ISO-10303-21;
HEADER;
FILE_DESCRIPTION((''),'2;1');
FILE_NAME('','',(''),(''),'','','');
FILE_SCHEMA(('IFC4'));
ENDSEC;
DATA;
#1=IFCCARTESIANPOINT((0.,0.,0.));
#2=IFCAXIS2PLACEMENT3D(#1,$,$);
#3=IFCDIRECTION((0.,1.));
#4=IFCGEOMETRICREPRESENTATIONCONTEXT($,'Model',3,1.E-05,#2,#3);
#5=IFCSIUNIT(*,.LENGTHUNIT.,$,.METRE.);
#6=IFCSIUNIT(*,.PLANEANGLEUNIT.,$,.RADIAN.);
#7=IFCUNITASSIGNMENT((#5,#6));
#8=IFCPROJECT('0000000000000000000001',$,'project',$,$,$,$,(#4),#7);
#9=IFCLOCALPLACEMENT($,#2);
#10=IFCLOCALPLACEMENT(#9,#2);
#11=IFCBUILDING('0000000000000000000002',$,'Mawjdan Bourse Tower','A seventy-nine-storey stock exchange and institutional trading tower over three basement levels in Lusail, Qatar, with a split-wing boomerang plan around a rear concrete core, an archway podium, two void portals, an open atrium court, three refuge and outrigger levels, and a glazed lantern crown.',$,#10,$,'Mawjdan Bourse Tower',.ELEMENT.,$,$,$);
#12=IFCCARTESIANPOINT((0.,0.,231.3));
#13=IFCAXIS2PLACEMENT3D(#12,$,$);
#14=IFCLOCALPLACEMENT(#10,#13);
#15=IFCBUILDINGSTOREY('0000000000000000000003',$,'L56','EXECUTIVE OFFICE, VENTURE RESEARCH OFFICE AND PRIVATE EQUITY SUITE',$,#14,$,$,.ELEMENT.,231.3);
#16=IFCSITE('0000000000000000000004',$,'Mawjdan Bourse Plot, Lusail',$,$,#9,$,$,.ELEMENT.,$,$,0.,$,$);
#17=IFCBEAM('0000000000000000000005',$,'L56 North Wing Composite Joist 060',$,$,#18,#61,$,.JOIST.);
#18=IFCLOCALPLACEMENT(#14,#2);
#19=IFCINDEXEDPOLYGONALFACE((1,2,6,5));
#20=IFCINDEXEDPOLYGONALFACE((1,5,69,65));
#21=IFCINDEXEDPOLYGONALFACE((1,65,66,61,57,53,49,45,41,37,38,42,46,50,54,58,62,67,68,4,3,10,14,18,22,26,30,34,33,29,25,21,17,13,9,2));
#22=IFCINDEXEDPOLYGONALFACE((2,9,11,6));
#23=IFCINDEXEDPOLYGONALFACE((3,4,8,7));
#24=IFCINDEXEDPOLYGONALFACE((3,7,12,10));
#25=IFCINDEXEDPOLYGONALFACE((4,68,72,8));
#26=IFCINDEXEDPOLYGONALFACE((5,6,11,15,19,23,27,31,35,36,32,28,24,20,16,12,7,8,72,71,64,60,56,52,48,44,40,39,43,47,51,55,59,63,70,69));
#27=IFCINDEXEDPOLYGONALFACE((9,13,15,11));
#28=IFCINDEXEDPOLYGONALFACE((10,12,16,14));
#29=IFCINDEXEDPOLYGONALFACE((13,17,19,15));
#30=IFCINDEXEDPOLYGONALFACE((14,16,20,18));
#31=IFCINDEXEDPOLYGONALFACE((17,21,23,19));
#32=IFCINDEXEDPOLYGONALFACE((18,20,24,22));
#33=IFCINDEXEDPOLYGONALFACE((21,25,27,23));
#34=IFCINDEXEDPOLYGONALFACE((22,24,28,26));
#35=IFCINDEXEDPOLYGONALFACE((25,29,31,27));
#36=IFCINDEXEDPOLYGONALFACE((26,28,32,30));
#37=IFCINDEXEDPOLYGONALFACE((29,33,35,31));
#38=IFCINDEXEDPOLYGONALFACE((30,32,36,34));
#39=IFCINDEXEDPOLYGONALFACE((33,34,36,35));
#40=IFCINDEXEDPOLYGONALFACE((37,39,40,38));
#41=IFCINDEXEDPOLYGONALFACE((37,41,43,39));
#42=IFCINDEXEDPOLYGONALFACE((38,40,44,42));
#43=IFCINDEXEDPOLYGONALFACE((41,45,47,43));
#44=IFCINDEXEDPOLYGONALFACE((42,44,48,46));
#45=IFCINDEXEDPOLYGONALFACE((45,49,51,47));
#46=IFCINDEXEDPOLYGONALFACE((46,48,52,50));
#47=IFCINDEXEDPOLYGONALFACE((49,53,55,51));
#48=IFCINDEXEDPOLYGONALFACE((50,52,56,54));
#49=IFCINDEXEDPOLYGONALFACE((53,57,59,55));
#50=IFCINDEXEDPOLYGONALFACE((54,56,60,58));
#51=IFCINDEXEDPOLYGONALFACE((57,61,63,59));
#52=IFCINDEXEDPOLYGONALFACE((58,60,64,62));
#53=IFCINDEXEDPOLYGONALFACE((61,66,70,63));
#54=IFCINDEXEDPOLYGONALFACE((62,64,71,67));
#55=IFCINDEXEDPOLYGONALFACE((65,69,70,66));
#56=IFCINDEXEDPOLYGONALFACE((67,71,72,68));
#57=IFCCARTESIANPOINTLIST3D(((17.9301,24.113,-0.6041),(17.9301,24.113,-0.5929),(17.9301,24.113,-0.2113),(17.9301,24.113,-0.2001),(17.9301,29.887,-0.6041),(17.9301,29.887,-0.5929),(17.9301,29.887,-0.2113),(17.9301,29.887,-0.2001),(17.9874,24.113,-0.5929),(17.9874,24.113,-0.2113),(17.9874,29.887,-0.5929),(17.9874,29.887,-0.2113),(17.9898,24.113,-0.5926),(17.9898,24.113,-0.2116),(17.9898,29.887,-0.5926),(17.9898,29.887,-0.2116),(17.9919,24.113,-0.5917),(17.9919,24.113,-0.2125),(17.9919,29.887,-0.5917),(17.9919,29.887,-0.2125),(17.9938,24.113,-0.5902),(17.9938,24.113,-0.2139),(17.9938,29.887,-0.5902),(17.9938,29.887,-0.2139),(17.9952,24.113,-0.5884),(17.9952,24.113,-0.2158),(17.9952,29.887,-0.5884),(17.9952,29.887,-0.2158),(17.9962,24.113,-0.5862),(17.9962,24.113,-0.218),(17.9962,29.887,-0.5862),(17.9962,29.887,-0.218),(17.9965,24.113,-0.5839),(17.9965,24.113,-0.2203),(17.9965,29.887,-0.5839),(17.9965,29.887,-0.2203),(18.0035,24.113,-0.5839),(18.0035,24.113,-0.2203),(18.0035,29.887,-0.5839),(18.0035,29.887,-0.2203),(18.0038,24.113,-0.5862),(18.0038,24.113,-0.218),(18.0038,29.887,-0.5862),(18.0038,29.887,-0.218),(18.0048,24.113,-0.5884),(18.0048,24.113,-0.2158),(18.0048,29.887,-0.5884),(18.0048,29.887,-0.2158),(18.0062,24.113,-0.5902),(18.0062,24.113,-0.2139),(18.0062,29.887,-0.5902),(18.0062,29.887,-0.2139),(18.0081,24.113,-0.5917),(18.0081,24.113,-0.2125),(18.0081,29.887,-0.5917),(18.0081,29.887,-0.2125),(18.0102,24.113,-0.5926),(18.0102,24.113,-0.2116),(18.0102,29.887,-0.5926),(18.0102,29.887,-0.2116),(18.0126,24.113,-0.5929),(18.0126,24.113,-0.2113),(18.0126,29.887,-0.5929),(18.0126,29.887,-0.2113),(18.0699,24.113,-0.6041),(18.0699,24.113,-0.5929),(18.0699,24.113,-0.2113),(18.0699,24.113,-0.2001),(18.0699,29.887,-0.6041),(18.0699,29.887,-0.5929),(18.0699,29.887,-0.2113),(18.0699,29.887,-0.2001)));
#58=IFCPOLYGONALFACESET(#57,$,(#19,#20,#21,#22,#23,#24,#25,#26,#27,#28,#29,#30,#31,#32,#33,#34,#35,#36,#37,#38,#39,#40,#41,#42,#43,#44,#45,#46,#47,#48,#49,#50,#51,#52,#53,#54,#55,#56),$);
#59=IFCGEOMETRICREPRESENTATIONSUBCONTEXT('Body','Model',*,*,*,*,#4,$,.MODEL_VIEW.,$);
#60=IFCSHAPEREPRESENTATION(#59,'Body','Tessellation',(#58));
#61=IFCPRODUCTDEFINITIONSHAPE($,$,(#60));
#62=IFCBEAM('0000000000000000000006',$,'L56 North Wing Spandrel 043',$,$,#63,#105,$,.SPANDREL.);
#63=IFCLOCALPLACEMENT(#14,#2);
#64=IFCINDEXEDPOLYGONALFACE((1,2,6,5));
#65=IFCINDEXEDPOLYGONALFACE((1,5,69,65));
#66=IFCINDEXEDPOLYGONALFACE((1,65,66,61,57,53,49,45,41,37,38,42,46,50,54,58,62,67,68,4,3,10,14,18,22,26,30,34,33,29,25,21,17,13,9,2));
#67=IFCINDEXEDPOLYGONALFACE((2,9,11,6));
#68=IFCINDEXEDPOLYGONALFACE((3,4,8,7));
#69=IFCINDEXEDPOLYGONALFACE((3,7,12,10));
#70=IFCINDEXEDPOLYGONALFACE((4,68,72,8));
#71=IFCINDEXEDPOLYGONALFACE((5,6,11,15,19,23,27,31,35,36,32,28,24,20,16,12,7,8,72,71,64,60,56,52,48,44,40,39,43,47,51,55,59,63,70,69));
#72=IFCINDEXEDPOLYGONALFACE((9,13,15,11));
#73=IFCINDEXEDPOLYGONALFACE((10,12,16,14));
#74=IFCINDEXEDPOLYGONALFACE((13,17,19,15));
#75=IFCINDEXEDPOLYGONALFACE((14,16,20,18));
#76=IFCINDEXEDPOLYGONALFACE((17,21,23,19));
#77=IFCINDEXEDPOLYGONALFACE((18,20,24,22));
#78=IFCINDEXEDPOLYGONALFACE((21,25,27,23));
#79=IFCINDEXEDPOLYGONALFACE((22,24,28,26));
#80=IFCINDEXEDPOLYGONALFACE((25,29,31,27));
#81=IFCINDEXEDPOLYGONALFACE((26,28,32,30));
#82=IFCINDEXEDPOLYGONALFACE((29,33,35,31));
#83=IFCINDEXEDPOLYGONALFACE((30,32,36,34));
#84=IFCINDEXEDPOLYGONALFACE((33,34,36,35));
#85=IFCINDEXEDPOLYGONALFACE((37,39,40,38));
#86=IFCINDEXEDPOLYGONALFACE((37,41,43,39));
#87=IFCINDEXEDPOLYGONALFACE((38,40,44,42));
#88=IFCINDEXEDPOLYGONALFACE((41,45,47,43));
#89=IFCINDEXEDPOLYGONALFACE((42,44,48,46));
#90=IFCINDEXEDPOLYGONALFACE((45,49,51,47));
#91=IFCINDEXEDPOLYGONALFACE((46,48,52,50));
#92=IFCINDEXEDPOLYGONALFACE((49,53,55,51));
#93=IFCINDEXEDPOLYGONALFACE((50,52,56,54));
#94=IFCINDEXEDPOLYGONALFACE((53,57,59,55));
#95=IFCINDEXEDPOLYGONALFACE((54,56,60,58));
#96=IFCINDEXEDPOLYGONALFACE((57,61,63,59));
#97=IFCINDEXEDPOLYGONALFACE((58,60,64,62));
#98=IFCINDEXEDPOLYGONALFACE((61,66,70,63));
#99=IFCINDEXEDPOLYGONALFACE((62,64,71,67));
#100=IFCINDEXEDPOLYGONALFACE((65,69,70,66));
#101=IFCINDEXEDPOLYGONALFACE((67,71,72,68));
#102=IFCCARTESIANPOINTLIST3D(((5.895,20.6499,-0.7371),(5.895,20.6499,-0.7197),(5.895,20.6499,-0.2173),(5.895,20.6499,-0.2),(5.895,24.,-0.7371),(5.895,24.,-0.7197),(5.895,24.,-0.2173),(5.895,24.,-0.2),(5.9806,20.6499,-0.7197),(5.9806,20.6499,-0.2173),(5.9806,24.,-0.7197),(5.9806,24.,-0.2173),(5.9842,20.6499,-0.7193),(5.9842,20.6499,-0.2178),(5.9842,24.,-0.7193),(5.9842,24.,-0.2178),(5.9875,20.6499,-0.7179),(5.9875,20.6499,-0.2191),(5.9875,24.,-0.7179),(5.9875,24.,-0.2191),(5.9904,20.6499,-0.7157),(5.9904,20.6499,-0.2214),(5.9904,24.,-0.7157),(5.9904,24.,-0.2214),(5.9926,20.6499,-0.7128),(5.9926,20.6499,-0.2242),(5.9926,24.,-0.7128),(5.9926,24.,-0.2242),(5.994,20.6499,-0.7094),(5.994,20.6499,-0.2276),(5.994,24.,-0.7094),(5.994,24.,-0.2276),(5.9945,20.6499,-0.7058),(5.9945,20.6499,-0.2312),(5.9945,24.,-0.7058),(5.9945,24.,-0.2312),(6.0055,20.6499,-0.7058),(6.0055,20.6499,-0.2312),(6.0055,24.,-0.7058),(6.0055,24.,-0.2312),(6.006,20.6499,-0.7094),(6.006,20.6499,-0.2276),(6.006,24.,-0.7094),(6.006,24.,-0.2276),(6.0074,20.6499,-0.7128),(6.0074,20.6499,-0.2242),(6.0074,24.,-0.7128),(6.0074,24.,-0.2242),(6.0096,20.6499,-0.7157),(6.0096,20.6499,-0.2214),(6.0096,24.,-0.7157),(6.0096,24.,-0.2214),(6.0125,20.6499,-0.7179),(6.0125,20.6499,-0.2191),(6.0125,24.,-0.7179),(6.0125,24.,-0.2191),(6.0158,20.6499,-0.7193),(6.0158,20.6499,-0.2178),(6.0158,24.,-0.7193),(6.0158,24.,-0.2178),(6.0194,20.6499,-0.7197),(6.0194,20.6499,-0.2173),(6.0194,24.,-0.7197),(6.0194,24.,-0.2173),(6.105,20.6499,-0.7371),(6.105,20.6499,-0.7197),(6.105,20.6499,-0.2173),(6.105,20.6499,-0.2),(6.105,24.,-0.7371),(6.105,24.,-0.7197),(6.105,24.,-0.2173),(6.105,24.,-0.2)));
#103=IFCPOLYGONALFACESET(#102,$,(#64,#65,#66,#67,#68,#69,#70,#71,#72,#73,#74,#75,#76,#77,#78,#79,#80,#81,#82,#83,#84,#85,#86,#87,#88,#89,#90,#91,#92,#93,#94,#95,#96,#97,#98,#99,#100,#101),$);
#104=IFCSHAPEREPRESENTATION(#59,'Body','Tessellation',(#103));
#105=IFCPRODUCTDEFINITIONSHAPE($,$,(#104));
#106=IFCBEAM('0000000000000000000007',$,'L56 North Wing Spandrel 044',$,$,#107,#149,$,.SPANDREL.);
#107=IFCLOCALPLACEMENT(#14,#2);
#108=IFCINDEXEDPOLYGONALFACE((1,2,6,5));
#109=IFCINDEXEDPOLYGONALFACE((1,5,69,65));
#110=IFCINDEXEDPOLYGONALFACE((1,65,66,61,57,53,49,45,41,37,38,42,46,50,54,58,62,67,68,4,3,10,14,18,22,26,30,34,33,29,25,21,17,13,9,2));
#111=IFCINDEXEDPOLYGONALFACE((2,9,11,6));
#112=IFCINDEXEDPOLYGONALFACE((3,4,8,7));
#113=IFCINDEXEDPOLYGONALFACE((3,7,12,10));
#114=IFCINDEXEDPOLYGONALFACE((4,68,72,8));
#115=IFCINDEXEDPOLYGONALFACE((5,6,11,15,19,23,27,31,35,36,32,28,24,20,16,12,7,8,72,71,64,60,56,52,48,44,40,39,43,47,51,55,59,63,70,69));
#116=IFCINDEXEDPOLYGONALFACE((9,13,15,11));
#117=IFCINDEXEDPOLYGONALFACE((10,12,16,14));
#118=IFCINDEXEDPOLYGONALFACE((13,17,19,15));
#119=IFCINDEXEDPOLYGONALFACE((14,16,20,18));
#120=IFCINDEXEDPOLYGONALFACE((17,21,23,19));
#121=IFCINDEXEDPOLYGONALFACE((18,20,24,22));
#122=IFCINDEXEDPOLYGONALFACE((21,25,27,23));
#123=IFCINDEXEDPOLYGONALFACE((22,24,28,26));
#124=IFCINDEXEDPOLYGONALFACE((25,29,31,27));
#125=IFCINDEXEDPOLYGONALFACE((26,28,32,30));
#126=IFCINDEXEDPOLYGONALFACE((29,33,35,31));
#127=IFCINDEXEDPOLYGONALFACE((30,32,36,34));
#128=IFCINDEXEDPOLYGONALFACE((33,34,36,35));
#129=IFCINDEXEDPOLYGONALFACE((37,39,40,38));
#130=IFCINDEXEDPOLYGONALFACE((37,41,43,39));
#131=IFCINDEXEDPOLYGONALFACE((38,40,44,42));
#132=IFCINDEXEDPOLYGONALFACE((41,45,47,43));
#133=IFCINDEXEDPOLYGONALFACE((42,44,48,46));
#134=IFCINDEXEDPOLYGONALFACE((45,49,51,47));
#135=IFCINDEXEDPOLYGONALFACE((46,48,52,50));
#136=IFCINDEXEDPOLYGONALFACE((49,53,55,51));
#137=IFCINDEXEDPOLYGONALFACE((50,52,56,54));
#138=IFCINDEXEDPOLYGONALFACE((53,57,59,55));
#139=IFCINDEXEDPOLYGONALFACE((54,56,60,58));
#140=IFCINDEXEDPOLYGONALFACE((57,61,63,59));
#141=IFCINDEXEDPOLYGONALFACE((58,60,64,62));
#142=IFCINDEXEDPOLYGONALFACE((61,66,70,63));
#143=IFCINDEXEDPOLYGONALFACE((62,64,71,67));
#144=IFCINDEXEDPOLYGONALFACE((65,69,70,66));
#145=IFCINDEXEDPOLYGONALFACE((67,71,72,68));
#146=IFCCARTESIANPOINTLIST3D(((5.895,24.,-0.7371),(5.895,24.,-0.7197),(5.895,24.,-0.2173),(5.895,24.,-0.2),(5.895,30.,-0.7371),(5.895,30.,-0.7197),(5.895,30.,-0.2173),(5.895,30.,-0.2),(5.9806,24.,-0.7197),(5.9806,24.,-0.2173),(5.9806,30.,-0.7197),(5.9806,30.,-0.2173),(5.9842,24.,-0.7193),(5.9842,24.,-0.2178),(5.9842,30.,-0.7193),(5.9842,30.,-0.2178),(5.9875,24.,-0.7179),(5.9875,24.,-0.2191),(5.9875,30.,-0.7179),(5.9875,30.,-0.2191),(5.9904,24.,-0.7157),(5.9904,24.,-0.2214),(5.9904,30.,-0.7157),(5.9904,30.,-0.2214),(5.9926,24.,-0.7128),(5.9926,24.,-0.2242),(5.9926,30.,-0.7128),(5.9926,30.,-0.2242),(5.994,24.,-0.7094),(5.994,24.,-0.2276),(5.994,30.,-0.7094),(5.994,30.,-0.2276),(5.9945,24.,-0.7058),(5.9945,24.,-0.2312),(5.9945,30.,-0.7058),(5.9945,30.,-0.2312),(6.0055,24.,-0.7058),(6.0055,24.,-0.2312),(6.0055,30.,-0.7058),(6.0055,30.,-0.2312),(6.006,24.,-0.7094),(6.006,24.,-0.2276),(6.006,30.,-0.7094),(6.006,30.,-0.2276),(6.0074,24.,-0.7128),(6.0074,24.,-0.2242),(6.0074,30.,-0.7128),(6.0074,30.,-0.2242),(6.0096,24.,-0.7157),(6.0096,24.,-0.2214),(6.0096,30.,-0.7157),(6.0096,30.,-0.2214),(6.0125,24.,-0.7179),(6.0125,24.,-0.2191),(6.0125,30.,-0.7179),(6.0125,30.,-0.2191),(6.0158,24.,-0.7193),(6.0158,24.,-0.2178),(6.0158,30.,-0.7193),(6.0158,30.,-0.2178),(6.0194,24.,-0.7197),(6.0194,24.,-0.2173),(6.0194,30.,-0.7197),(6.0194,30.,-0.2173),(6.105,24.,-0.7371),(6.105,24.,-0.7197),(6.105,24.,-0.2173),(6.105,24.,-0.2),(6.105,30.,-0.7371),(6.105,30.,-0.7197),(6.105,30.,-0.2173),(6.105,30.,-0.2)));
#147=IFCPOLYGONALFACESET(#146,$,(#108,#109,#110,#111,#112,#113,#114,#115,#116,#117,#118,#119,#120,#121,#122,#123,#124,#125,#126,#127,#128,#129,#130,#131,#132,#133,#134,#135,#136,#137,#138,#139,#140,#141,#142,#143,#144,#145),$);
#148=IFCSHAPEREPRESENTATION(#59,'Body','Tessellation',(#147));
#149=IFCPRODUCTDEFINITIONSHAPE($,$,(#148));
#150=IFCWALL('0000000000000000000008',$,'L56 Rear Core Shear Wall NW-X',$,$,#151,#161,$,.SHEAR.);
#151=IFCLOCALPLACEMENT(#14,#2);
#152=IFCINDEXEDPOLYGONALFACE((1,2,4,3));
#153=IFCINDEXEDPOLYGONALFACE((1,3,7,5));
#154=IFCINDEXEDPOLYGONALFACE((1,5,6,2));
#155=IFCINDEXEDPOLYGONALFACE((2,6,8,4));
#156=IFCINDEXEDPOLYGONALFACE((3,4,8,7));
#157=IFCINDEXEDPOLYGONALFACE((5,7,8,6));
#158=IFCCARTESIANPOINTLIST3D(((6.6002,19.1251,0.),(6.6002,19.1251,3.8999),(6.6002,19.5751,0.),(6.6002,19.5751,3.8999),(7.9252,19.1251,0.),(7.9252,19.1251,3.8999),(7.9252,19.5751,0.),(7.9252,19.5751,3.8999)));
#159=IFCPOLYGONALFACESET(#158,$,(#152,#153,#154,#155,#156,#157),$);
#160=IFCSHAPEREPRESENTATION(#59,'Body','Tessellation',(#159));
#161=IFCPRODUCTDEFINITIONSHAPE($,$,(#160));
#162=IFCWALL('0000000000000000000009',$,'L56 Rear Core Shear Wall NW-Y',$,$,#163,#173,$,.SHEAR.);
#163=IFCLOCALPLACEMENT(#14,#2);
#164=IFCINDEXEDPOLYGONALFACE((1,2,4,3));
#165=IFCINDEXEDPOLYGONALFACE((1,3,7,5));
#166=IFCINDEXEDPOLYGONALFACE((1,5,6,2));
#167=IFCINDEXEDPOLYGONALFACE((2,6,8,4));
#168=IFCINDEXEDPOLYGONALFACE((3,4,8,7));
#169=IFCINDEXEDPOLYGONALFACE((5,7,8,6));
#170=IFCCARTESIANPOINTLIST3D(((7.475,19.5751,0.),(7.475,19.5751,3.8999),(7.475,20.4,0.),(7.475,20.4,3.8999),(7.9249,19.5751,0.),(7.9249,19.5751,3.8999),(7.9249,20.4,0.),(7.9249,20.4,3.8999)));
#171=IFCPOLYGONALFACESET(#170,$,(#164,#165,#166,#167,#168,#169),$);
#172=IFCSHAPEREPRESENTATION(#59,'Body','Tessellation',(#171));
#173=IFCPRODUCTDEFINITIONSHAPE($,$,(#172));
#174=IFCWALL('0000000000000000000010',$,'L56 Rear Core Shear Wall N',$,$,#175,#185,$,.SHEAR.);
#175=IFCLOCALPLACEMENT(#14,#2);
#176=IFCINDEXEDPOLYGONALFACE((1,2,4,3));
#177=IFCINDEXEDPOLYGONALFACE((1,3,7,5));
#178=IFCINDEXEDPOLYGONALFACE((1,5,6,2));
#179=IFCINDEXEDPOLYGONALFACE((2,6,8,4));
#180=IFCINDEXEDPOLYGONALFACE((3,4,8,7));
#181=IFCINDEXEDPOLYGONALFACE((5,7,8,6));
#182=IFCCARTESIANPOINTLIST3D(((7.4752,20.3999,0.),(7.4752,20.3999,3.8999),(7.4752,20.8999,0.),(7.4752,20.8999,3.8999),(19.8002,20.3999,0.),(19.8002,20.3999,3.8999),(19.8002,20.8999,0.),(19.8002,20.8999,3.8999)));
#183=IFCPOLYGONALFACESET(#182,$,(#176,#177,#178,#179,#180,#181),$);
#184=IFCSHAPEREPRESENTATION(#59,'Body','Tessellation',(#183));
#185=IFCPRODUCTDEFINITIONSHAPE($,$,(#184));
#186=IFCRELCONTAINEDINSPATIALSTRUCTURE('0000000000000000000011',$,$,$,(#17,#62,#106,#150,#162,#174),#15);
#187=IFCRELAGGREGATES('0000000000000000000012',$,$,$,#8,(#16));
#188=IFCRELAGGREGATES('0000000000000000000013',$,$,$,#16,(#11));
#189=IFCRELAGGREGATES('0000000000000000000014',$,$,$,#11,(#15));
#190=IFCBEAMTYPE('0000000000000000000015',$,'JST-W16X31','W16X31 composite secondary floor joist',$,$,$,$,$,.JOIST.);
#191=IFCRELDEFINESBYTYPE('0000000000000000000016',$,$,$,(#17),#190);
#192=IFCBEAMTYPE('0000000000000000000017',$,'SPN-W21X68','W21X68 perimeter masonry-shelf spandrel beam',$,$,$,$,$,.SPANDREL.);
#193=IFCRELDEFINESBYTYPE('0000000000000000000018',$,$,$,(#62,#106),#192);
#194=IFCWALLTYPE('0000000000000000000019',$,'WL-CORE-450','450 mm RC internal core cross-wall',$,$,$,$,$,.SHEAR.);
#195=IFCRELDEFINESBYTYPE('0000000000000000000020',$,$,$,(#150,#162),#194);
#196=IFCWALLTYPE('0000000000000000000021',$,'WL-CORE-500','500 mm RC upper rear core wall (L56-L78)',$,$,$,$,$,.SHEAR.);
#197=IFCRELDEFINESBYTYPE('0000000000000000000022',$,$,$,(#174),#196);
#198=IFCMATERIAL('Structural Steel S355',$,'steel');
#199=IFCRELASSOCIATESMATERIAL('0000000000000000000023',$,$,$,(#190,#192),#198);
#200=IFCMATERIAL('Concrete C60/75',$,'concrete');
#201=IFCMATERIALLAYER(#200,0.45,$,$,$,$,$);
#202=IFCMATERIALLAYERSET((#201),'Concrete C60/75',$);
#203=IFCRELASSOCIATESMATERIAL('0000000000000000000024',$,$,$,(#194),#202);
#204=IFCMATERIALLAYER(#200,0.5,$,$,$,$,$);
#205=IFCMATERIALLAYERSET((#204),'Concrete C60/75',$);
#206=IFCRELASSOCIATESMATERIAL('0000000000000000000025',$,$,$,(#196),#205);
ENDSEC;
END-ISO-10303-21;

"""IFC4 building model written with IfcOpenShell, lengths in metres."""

from ifc_helpers import new_model, si_unit, direction, frame, frame_2d, origin, origin_2d, place, context, subcontext, project, spatial, rectangle, i_section, extrude, material, layer, layer_set, material_profile, profile_set, type_object, element, save


model = new_model("IFC4")

# Units and contexts
model_context = context("Model", 3, precision=1e-05, world=origin(), true_north=direction((0.0, 1.0)))
body_context = subcontext(model_context, "Body", "Model", "MODEL_VIEW")
ifc_project = project(units=[si_unit("LENGTHUNIT", "METRE"), si_unit("PLANEANGLEUNIT", "RADIAN")], contexts=[model_context])

# Site, building, storey
site_placement = place(None, origin())
site = spatial("IfcSite", under=ifc_project, at=site_placement, Name="Mawjdan Bourse Plot, Lusail", CompositionType="ELEMENT", RefElevation=0.0)
building_placement = place(site_placement, origin())
building = spatial("IfcBuilding", under=site, at=building_placement, Name="Mawjdan Bourse Tower", Description="A seventy-nine-storey stock exchange and institutional trading tower over three basement levels in Lusail, Qatar, with a split-wing boomerang plan around a rear concrete core, an archway podium, two void portals, an open atrium court, three refuge and outrigger levels, and a glazed lantern crown.", LongName="Mawjdan Bourse Tower", CompositionType="ELEMENT")
storey_placement = place(building_placement, frame((0.0, 0.0, 231.3)))
storey = spatial("IfcBuildingStorey", under=building, at=storey_placement, Name="L56", Description="EXECUTIVE OFFICE, VENTURE RESEARCH OFFICE AND PRIVATE EQUITY SUITE", CompositionType="ELEMENT", Elevation=231.3)

# Shared definitions
ifc_material_1 = material(Name="Concrete C60/75", Category="concrete")

# Beams
ifc_material_2 = material(Name="Structural Steel S355", Category="steel")
ifc_material_profile_1 = material_profile(ifc_material_2, i_section(OverallWidth=0.1399, OverallDepth=0.4041, WebThickness=0.0071, FlangeThickness=0.0112, FilletRadius=0.009, at=origin_2d()), Name="W16X31")
ifc_profile_set_1 = profile_set([ifc_material_profile_1], Name="Structural Steel S355")
beam_type_1 = type_object("IfcBeamType", Name="JST-W16X31", Description="W16X31 composite secondary floor joist", PredefinedType="JOIST", material=ifc_profile_set_1)
beam_1_placement = place(storey_placement, frame((18.0, 24.113, -0.4021), z_axis=(0.0, 1.0, 0.0), x_axis=(-1.0, 0.0, 0.0)))
element("IfcBeam", 1, at=beam_1_placement, inside=storey, type_object=beam_type_1, Name="L56 North Wing Composite Joist 060", PredefinedType="JOIST", context=body_context, shape_type="SweptSolid", body=[
    extrude(i_section(OverallWidth=0.1399, OverallDepth=0.4041, WebThickness=0.0071, FlangeThickness=0.0112, FilletRadius=0.009, at=origin_2d()), origin(), (0.0, 0.0, 1.0), 5.7739),
])
ifc_material_profile_2 = material_profile(ifc_material_2, i_section(OverallWidth=0.21, OverallDepth=0.5371, WebThickness=0.011, FlangeThickness=0.0173, FilletRadius=0.0139, at=origin_2d()), Name="W21X68")
ifc_profile_set_2 = profile_set([ifc_material_profile_2], Name="Structural Steel S355")
beam_type_2 = type_object("IfcBeamType", Name="SPN-W21X68", Description="W21X68 perimeter masonry-shelf spandrel beam", PredefinedType="SPANDREL", material=ifc_profile_set_2)
beam_2_placement = place(storey_placement, frame((6.0, 20.6499, -0.4685), z_axis=(0.0, 1.0, 0.0), x_axis=(-1.0, 0.0, 0.0)))
element("IfcBeam", 2, at=beam_2_placement, inside=storey, type_object=beam_type_2, Name="L56 North Wing Spandrel 043", PredefinedType="SPANDREL", context=body_context, shape_type="SweptSolid", body=[
    extrude(i_section(OverallWidth=0.21, OverallDepth=0.5371, WebThickness=0.011, FlangeThickness=0.0173, FilletRadius=0.0139, at=origin_2d()), origin(), (0.0, 0.0, 1.0), 3.3501),
])
beam_3_placement = place(storey_placement, frame((6.0, 24.0, -0.4685), z_axis=(0.0, 1.0, 0.0), x_axis=(-1.0, 0.0, 0.0)))
element("IfcBeam", 3, at=beam_3_placement, inside=storey, type_object=beam_type_2, Name="L56 North Wing Spandrel 044", PredefinedType="SPANDREL", context=body_context, shape_type="SweptSolid", body=[
    extrude(i_section(OverallWidth=0.21, OverallDepth=0.5371, WebThickness=0.011, FlangeThickness=0.0173, FilletRadius=0.0139, at=origin_2d()), origin(), (0.0, 0.0, 1.0), 6.0),
])

# Walls
ifc_layer_1 = layer(ifc_material_1, 0.45)
ifc_layer_set_1 = layer_set([ifc_layer_1], Name="Concrete C60/75")
wall_type_1 = type_object("IfcWallType", Name="WL-CORE-450", Description="450 mm RC internal core cross-wall", PredefinedType="SHEAR", material=ifc_layer_set_1)
wall_1_placement = place(storey_placement, frame((6.6001, 19.3501, 0.0), z_axis=(0.0, 0.0, 1.0), x_axis=(1.0, 0.0, 0.0)))
element("IfcWall", 4, at=wall_1_placement, inside=storey, type_object=wall_type_1, Name="L56 Rear Core Shear Wall NW-X", PredefinedType="SHEAR", context=body_context, shape_type="SweptSolid", body=[
    extrude(rectangle(XDim=1.325, YDim=0.45, at=frame_2d((0.6626, 0.0))), origin(), (0.0, 0.0, 1.0), 3.8999),
])
wall_2_placement = place(storey_placement, frame((7.7, 19.575, 0.0), z_axis=(0.0, 0.0, 1.0), x_axis=(0.0, 1.0, 0.0)))
element("IfcWall", 5, at=wall_2_placement, inside=storey, type_object=wall_type_1, Name="L56 Rear Core Shear Wall NW-Y", PredefinedType="SHEAR", context=body_context, shape_type="SweptSolid", body=[
    extrude(rectangle(XDim=0.825, YDim=0.45, at=frame_2d((0.4126, 0.0))), origin(), (0.0, 0.0, 1.0), 3.8999),
])
ifc_layer_2 = layer(ifc_material_1, 0.5)
ifc_layer_set_2 = layer_set([ifc_layer_2], Name="Concrete C60/75")
wall_type_2 = type_object("IfcWallType", Name="WL-CORE-500", Description="500 mm RC upper rear core wall (L56-L78)", PredefinedType="SHEAR", material=ifc_layer_set_2)
wall_3_placement = place(storey_placement, frame((7.4751, 20.6499, 0.0), z_axis=(0.0, 0.0, 1.0), x_axis=(1.0, 0.0, 0.0)))
element("IfcWall", 6, at=wall_3_placement, inside=storey, type_object=wall_type_2, Name="L56 Rear Core Shear Wall N", PredefinedType="SHEAR", context=body_context, shape_type="SweptSolid", body=[
    extrude(rectangle(XDim=12.325, YDim=0.5, at=frame_2d((6.1626, 0.0))), origin(), (0.0, 0.0, 1.0), 3.8999),
])

save(model, "model.ifc")
